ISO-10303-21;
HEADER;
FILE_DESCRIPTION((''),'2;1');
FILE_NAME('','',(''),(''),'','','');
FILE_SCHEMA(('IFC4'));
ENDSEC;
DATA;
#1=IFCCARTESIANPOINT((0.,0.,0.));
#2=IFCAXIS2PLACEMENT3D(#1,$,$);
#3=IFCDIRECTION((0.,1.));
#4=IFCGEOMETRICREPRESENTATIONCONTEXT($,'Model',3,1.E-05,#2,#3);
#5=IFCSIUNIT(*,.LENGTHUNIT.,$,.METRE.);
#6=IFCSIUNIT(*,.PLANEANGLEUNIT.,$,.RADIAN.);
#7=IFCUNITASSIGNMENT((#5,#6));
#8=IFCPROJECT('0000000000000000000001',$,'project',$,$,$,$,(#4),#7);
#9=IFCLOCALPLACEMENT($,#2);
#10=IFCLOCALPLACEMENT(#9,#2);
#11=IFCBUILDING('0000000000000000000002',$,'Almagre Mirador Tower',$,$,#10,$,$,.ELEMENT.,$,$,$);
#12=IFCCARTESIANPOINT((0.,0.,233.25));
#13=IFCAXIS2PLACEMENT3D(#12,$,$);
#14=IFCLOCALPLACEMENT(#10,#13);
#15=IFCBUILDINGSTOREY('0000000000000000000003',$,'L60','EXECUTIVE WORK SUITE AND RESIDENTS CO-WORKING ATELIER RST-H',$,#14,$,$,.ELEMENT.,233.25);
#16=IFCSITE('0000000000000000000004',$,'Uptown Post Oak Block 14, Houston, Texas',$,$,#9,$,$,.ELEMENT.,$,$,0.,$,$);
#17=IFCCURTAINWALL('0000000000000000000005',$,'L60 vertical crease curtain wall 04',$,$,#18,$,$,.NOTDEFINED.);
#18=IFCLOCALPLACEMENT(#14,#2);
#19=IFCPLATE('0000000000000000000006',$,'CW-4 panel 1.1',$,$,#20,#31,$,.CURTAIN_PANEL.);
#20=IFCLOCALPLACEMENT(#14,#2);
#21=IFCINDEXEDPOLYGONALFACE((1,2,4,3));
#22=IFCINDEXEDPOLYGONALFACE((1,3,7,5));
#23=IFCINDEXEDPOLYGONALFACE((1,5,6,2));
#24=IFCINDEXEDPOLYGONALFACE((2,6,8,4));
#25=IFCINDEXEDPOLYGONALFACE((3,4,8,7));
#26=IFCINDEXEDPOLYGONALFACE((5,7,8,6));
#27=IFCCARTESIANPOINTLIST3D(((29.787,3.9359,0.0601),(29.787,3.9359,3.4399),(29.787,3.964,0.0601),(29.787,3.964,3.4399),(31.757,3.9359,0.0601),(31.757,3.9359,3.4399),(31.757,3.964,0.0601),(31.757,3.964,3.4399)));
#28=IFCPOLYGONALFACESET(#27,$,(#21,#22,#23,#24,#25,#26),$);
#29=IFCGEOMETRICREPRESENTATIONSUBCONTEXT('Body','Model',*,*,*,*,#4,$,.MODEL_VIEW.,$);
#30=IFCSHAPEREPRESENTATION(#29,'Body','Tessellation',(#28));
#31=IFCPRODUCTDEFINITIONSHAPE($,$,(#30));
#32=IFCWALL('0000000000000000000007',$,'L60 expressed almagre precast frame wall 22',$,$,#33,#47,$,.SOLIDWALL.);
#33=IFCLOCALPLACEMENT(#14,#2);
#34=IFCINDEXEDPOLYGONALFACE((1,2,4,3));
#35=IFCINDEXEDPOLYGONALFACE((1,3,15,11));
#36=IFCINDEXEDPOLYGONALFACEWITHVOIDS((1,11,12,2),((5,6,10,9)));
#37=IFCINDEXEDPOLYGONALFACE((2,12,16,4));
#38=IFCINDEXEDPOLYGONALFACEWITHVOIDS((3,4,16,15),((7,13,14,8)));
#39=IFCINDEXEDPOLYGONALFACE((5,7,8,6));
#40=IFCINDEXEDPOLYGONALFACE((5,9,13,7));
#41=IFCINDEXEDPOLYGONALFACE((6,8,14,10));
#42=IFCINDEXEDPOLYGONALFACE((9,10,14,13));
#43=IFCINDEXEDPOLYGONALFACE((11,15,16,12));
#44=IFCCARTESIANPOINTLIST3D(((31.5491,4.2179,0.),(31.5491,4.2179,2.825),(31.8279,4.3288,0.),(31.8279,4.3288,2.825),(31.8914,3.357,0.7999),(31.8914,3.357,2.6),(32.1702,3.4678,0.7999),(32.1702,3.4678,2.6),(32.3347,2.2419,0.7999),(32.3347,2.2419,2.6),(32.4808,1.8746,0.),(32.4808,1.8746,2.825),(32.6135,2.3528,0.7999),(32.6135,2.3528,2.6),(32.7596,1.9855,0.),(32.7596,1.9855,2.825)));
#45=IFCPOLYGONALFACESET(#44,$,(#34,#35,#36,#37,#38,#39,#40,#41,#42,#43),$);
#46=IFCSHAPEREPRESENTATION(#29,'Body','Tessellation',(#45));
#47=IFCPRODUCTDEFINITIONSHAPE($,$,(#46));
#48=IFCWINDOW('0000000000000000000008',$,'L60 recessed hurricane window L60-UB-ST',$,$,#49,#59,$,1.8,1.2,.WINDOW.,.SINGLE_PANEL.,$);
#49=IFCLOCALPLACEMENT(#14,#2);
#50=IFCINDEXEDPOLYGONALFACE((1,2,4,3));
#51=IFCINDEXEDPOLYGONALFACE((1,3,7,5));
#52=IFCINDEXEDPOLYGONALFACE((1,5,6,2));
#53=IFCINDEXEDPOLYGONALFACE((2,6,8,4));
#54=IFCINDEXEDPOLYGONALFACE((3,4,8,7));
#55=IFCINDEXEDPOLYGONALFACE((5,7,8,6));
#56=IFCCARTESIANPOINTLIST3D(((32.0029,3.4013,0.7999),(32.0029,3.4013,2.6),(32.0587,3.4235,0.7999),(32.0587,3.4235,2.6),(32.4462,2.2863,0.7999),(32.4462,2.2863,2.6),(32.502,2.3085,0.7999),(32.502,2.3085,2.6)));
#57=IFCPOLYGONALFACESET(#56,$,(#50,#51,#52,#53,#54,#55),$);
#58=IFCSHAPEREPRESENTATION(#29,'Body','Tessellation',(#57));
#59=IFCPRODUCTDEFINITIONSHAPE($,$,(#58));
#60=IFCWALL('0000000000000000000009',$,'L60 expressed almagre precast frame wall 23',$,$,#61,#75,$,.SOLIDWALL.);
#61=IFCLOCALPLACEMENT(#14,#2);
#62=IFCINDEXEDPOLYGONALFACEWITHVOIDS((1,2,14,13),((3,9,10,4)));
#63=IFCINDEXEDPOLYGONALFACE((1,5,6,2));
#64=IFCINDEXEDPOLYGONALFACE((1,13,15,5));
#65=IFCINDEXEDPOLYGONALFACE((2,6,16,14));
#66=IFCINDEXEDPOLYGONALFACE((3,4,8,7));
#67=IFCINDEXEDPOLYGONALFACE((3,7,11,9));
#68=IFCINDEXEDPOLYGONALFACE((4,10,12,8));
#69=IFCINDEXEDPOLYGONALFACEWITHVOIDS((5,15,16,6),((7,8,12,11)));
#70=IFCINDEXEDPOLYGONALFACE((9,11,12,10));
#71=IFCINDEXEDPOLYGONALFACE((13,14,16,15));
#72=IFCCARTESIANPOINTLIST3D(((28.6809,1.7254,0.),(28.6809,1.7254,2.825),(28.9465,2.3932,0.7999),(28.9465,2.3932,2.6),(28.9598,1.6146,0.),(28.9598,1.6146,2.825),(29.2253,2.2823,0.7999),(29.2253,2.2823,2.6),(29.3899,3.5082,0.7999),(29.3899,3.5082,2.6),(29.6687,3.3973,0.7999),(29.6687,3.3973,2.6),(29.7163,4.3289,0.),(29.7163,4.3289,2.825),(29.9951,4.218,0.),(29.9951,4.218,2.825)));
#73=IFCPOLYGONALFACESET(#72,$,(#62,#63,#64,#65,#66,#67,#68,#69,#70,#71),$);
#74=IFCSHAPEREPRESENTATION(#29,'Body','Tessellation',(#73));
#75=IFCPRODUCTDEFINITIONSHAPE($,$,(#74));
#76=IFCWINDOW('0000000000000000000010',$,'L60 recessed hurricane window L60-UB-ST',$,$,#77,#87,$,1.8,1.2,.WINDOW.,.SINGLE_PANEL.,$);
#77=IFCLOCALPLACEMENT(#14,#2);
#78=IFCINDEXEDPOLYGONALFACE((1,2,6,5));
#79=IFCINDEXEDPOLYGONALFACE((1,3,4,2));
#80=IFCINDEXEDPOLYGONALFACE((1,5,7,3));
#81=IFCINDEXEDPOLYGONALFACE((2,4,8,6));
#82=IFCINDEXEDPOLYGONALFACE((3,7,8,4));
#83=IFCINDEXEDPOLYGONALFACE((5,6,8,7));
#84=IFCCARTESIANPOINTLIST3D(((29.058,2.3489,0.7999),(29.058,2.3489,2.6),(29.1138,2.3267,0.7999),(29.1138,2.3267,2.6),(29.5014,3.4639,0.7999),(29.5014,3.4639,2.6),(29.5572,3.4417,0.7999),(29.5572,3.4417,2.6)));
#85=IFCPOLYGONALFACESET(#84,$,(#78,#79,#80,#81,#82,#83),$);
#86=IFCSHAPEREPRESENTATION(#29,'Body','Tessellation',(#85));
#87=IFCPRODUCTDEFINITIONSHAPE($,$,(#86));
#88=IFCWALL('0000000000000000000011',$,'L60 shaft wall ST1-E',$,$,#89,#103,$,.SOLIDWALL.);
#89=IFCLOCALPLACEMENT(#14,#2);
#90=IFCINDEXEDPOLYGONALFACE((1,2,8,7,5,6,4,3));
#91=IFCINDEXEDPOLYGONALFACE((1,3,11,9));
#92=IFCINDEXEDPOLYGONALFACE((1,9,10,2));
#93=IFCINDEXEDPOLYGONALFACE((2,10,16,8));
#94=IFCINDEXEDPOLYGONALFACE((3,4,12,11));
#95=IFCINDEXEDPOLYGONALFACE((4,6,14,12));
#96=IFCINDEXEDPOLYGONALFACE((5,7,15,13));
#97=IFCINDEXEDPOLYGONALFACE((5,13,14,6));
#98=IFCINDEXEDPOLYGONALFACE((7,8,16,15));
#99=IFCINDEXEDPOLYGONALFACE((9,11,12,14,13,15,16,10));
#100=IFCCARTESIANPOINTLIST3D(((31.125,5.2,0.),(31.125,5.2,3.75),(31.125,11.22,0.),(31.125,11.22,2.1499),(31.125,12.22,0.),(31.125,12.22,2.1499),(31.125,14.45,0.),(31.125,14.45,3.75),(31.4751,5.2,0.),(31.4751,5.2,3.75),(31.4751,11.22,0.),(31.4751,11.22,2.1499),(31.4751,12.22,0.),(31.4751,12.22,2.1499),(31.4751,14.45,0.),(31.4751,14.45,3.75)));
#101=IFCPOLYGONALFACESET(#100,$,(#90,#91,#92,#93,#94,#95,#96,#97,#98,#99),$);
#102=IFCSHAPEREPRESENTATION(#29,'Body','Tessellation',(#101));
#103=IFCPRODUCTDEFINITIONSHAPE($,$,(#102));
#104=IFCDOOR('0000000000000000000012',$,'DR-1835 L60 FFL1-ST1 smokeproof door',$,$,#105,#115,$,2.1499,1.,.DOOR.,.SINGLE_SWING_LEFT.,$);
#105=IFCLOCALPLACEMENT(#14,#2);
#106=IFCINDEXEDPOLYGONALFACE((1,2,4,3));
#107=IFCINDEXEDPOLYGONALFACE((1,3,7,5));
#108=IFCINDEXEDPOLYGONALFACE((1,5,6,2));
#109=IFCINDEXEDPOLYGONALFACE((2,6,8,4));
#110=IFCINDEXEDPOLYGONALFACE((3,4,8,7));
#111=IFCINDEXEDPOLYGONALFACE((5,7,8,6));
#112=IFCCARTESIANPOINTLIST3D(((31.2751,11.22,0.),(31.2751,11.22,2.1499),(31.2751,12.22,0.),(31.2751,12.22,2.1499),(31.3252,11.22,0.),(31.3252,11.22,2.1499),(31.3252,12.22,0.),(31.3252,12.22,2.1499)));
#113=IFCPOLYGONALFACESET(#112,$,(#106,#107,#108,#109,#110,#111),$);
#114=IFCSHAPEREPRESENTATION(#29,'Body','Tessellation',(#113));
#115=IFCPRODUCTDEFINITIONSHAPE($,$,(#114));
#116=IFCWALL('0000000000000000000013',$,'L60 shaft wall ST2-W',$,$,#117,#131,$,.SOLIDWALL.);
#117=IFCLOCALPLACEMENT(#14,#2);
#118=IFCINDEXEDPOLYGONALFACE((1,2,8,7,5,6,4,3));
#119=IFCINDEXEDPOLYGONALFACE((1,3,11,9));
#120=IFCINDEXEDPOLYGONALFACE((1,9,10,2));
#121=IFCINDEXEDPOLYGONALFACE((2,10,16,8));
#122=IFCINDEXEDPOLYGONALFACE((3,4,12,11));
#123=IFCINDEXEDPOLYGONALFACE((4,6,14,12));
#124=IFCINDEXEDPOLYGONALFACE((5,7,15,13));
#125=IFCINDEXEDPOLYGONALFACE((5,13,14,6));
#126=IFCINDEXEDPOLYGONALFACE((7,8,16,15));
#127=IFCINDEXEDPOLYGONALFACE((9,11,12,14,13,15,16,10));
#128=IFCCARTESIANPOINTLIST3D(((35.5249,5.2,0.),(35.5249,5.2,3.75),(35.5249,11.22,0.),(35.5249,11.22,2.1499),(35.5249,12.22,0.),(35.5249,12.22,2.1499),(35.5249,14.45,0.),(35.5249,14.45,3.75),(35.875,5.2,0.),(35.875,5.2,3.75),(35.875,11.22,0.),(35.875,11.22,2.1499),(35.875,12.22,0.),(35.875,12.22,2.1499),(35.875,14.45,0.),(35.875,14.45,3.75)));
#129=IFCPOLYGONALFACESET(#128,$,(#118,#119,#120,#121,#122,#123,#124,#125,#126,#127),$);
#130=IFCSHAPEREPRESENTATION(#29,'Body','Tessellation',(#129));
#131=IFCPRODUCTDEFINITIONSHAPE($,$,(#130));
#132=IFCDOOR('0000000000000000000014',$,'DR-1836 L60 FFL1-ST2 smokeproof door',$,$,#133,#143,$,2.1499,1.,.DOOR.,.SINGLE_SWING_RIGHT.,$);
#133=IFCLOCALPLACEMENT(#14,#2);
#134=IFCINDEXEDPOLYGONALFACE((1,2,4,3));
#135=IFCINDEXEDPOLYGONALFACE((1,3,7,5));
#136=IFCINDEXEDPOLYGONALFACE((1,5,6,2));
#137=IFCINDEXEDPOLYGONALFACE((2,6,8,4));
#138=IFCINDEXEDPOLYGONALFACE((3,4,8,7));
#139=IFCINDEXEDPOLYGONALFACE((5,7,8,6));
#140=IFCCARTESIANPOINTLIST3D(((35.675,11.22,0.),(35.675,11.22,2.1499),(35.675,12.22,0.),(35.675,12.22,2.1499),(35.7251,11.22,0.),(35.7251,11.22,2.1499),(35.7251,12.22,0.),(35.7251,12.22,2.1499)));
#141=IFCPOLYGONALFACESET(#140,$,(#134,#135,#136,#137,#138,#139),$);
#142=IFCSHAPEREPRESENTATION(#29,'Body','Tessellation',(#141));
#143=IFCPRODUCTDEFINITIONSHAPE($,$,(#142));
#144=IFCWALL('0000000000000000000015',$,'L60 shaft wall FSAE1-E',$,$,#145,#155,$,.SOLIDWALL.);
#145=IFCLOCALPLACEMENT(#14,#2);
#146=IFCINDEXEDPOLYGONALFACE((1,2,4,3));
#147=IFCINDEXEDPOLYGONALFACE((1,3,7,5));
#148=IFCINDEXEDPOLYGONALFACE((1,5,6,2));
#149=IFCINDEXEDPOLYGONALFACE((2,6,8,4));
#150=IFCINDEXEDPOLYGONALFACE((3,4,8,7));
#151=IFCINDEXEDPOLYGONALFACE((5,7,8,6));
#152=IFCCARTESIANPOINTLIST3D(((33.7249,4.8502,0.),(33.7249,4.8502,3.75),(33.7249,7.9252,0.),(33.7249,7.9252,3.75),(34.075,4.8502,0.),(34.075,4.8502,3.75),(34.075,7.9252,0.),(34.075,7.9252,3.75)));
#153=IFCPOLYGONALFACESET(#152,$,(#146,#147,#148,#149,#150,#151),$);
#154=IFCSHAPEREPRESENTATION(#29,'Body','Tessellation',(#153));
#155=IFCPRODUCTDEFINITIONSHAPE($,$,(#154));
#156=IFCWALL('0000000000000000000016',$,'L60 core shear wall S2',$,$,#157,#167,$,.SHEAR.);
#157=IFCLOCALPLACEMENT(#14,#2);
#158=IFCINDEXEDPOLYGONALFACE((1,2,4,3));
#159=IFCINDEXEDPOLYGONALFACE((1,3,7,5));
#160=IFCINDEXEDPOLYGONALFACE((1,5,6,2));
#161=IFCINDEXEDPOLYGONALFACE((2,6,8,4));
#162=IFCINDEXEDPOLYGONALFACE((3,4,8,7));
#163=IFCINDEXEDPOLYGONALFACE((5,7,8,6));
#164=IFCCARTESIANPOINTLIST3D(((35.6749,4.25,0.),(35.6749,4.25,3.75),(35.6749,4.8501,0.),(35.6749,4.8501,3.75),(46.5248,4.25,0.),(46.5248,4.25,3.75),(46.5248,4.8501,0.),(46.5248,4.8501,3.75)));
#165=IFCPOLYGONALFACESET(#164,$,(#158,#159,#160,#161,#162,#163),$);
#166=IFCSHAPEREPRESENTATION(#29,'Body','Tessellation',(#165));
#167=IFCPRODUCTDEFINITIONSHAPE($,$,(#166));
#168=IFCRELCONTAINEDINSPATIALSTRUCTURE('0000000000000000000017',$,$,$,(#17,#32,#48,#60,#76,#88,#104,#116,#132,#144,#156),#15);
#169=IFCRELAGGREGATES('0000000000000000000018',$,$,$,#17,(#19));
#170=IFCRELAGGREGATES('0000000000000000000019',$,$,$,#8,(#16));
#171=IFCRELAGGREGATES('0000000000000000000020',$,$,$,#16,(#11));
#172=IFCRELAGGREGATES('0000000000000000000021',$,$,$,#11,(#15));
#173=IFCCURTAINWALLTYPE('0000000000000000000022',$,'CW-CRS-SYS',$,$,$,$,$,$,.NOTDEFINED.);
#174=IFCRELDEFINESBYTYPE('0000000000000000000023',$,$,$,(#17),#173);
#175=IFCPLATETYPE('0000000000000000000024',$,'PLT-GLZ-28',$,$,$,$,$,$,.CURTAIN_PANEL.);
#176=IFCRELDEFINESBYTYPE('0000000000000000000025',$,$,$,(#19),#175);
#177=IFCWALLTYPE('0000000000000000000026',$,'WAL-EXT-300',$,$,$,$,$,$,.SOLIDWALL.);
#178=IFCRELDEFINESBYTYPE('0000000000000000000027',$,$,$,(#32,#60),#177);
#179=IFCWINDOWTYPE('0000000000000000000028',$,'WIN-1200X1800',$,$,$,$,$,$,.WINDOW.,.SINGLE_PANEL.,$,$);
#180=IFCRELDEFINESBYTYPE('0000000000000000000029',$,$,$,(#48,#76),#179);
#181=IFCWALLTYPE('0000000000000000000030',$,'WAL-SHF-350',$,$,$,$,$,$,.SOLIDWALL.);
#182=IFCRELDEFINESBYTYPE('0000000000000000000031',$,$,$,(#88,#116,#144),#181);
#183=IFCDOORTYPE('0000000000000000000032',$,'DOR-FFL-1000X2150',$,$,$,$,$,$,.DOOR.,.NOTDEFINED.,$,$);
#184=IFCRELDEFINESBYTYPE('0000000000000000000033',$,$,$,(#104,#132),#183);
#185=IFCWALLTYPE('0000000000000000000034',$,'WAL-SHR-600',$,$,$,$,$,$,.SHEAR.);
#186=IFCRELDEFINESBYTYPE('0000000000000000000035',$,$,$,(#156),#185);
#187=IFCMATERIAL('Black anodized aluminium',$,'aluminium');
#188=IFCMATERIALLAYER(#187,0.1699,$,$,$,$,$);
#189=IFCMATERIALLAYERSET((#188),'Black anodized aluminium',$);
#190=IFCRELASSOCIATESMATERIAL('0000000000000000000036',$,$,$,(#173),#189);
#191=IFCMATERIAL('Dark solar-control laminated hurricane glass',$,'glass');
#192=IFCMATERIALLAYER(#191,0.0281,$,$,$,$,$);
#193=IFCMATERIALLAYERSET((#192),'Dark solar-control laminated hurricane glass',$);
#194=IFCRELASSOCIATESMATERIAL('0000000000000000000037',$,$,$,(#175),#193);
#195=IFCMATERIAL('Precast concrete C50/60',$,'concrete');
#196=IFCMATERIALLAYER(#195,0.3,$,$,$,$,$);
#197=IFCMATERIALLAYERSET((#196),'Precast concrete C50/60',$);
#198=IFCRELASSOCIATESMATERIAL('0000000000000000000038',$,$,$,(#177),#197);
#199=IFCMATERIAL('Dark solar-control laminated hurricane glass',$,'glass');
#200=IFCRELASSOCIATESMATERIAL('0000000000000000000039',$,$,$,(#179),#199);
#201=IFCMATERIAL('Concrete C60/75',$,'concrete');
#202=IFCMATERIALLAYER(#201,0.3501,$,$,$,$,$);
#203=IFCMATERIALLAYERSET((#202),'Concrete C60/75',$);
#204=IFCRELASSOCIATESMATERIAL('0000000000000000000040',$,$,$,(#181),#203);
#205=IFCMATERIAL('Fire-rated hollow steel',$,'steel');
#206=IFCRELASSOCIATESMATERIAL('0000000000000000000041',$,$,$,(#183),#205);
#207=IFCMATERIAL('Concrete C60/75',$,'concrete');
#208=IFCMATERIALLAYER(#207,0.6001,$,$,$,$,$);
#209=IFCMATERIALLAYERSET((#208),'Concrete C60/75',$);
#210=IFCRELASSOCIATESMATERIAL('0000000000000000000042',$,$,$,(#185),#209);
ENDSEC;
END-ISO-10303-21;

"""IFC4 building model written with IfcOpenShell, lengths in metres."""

from ifc_helpers import new_model, si_unit, direction, frame, frame_2d, origin, origin_2d, place, context, subcontext, project, spatial, rectangle, extrude, material, layer, layer_set, type_object, element, fill, aggregate, save


model = new_model("IFC4")

# Units and contexts
model_context = context("Model", 3, precision=1e-05, world=origin(), true_north=direction((0.0, 1.0)))
body_context = subcontext(model_context, "Body", "Model", "MODEL_VIEW")
ifc_project = project(units=[si_unit("LENGTHUNIT", "METRE"), si_unit("PLANEANGLEUNIT", "RADIAN")], contexts=[model_context])

# Site, building, storey
site_placement = place(None, origin())
site = spatial("IfcSite", under=ifc_project, at=site_placement, Name="Uptown Post Oak Block 14, Houston, Texas", CompositionType="ELEMENT", RefElevation=0.0)
building_placement = place(site_placement, origin())
building = spatial("IfcBuilding", under=site, at=building_placement, Name="Almagre Mirador Tower", CompositionType="ELEMENT")
storey_placement = place(building_placement, frame((0.0, 0.0, 233.25)))
storey = spatial("IfcBuildingStorey", under=building, at=storey_placement, Name="L60", Description="EXECUTIVE WORK SUITE AND RESIDENTS CO-WORKING ATELIER RST-H", CompositionType="ELEMENT", Elevation=233.25)

# Curtain wall, plate
ifc_material_1 = material(Name="Black anodized aluminium", Category="aluminium")
ifc_layer_1 = layer(ifc_material_1, 0.1699)
ifc_layer_set_1 = layer_set([ifc_layer_1], Name="Black anodized aluminium")
curtain_wall_type = type_object("IfcCurtainWallType", Name="CW-CRS-SYS", PredefinedType="NOTDEFINED", material=ifc_layer_set_1)
curtain_wall_placement = place(storey_placement, origin())
curtain_wall = element("IfcCurtainWall", 1, at=curtain_wall_placement, inside=storey, type_object=curtain_wall_type, Name="L60 vertical crease curtain wall 04", PredefinedType="NOTDEFINED")
ifc_material_2 = material(Name="Dark solar-control laminated hurricane glass", Category="glass")
ifc_layer_2 = layer(ifc_material_2, 0.0281)
ifc_layer_set_2 = layer_set([ifc_layer_2], Name="Dark solar-control laminated hurricane glass")
plate_type = type_object("IfcPlateType", Name="PLT-GLZ-28", PredefinedType="CURTAIN_PANEL", material=ifc_layer_set_2)
plate_placement = place(storey_placement, frame((30.772, 3.95, 0.0601), z_axis=(0.0, 0.0, 1.0), x_axis=(-1.0, 0.0, 0.0)))
plate = element("IfcPlate", 2, at=plate_placement, type_object=plate_type, Name="CW-4 panel 1.1", PredefinedType="CURTAIN_PANEL", context=body_context, shape_type="SweptSolid", body=[
    extrude(rectangle(XDim=1.97, YDim=0.0281, at=origin_2d()), origin(), (0.0, 0.0, 1.0), 3.3799),
])
aggregate(curtain_wall, [plate])

# Walls, openings, windows
ifc_material_3 = material(Name="Precast concrete C50/60", Category="concrete")
ifc_layer_3 = layer(ifc_material_3, 0.3)
ifc_layer_set_3 = layer_set([ifc_layer_3], Name="Precast concrete C50/60")
wall_type_1 = type_object("IfcWallType", Name="WAL-EXT-300", PredefinedType="SOLIDWALL", material=ifc_layer_set_3)
wall_1_placement = place(storey_placement, frame((32.6201, 1.9302, 0.0), z_axis=(0.0, 0.0, 1.0), x_axis=(-0.369454, 0.929249, 0.0)))
wall_1 = element("IfcWall", 3, at=wall_1_placement, inside=storey, type_object=wall_type_1, Name="L60 expressed almagre precast frame wall 22", PredefinedType="SOLIDWALL", context=body_context, shape_type="SweptSolid", body=[
    extrude(rectangle(XDim=2.5217, YDim=0.3, at=frame_2d((1.2607, 0.0))), origin(), (0.0, 0.0, 1.0), 2.825),
])
opening_1_placement = place(wall_1_placement, frame((0.395, 0.0, 0.8)))
opening_1 = element("IfcOpeningElement", 4, at=opening_1_placement, cuts=wall_1, PredefinedType="OPENING", context=body_context, shape_type="SweptSolid", body=[
    extrude(rectangle(XDim=1.2, YDim=1.8, at=frame_2d((0.6001, 0.8999))), frame((0.0, 0.1599, 0.0), z_axis=(0.0, -1.0, 0.0), x_axis=(1.0, 0.0, 0.0)), (0.0, 0.0, 1.0), 0.32),
])
ifc_material_4 = material(Name="Dark solar-control laminated hurricane glass", Category="glass")
window_type = type_object("IfcWindowType", Name="WIN-1200X1800", PartitioningType="SINGLE_PANEL", PredefinedType="WINDOW", material=ifc_material_4)
window_1_placement = place(opening_1_placement, origin())
window_1 = element("IfcWindow", 5, at=window_1_placement, inside=storey, type_object=window_type, Name="L60 recessed hurricane window L60-UB-ST", OverallHeight=1.8, OverallWidth=1.2, PartitioningType="SINGLE_PANEL", PredefinedType="WINDOW", context=body_context, shape_type="SweptSolid", body=[
    extrude(rectangle(XDim=1.2, YDim=1.8, at=frame_2d((0.6001, 0.8999))), frame((0.0, 0.03, 0.0), z_axis=(0.0, -1.0, 0.0), x_axis=(1.0, 0.0, 0.0)), (0.0, 0.0, 1.0), 0.0601),
])
fill(opening_1, window_1)
wall_2_placement = place(storey_placement, frame((29.8557, 4.2734, 0.0), z_axis=(0.0, 0.0, 1.0), x_axis=(-0.369542, -0.929214, 0.0)))
wall_2 = element("IfcWall", 6, at=wall_2_placement, inside=storey, type_object=wall_type_1, Name="L60 expressed almagre precast frame wall 23", PredefinedType="SOLIDWALL", context=body_context, shape_type="SweptSolid", body=[
    extrude(rectangle(XDim=2.8018, YDim=0.3, at=frame_2d((1.4009, 0.0))), origin(), (0.0, 0.0, 1.0), 2.825),
])
opening_2_placement = place(wall_2_placement, frame((0.8831, 0.0, 0.8)))
opening_2 = element("IfcOpeningElement", 7, at=opening_2_placement, cuts=wall_2, PredefinedType="OPENING", context=body_context, shape_type="SweptSolid", body=[
    extrude(rectangle(XDim=1.2, YDim=1.8, at=frame_2d((0.6001, 0.8999))), frame((0.0, 0.1599, 0.0), z_axis=(0.0, -1.0, 0.0), x_axis=(1.0, 0.0, 0.0)), (0.0, 0.0, 1.0), 0.32),
])
window_2_placement = place(opening_2_placement, origin())
window_2 = element("IfcWindow", 8, at=window_2_placement, inside=storey, type_object=window_type, Name="L60 recessed hurricane window L60-UB-ST", OverallHeight=1.8, OverallWidth=1.2, PartitioningType="SINGLE_PANEL", PredefinedType="WINDOW", context=body_context, shape_type="SweptSolid", body=[
    extrude(rectangle(XDim=1.2, YDim=1.8, at=frame_2d((0.6001, 0.8999))), frame((0.0, 0.03, 0.0), z_axis=(0.0, -1.0, 0.0), x_axis=(1.0, 0.0, 0.0)), (0.0, 0.0, 1.0), 0.0601),
])
fill(opening_2, window_2)

# Walls, openings, doors
ifc_material_5 = material(Name="Concrete C60/75", Category="concrete")
ifc_layer_4 = layer(ifc_material_5, 0.3501)
ifc_layer_set_4 = layer_set([ifc_layer_4], Name="Concrete C60/75")
wall_type_2 = type_object("IfcWallType", Name="WAL-SHF-350", PredefinedType="SOLIDWALL", material=ifc_layer_set_4)
wall_3_placement = place(storey_placement, frame((31.3, 5.2, 0.0), z_axis=(0.0, 0.0, 1.0), x_axis=(0.0, 1.0, 0.0)))
wall_3 = element("IfcWall", 9, at=wall_3_placement, inside=storey, type_object=wall_type_2, Name="L60 shaft wall ST1-E", PredefinedType="SOLIDWALL", context=body_context, shape_type="SweptSolid", body=[
    extrude(rectangle(XDim=9.25, YDim=0.3501, at=frame_2d((4.625, 0.0))), origin(), (0.0, 0.0, 1.0), 3.75),
])
opening_3_placement = place(wall_3_placement, frame((6.02, 0.0, 0.0)))
opening_3 = element("IfcOpeningElement", 10, at=opening_3_placement, cuts=wall_3, PredefinedType="OPENING", context=body_context, shape_type="SweptSolid", body=[
    extrude(rectangle(XDim=1.0, YDim=2.1499, at=frame_2d((0.5, 1.075))), frame((0.0, 0.185, 0.0), z_axis=(0.0, -1.0, 0.0), x_axis=(1.0, 0.0, 0.0)), (0.0, 0.0, 1.0), 0.3701),
])
ifc_material_6 = material(Name="Fire-rated hollow steel", Category="steel")
door_type = type_object("IfcDoorType", Name="DOR-FFL-1000X2150", OperationType="NOTDEFINED", PredefinedType="DOOR", material=ifc_material_6)
door_1_placement = place(opening_3_placement, origin())
door_1 = element("IfcDoor", 11, at=door_1_placement, inside=storey, type_object=door_type, Name="DR-1835 L60 FFL1-ST1 smokeproof door", OperationType="SINGLE_SWING_LEFT", OverallHeight=2.1499, OverallWidth=1.0, PredefinedType="DOOR", context=body_context, shape_type="SweptSolid", body=[
    extrude(rectangle(XDim=1.0, YDim=2.1499, at=frame_2d((0.5, 1.075))), frame((0.0, 0.0249, 0.0), z_axis=(0.0, -1.0, 0.0), x_axis=(1.0, 0.0, 0.0)), (0.0, 0.0, 1.0), 0.05),
])
fill(opening_3, door_1)
wall_4_placement = place(storey_placement, frame((35.7, 5.2, 0.0), z_axis=(0.0, 0.0, 1.0), x_axis=(0.0, 1.0, 0.0)))
wall_4 = element("IfcWall", 12, at=wall_4_placement, inside=storey, type_object=wall_type_2, Name="L60 shaft wall ST2-W", PredefinedType="SOLIDWALL", context=body_context, shape_type="SweptSolid", body=[
    extrude(rectangle(XDim=9.25, YDim=0.3501, at=frame_2d((4.625, 0.0))), origin(), (0.0, 0.0, 1.0), 3.75),
])
opening_4_placement = place(wall_4_placement, frame((6.02, 0.0, 0.0)))
opening_4 = element("IfcOpeningElement", 13, at=opening_4_placement, cuts=wall_4, PredefinedType="OPENING", context=body_context, shape_type="SweptSolid", body=[
    extrude(rectangle(XDim=1.0, YDim=2.1499, at=frame_2d((0.5, 1.075))), frame((0.0, 0.185, 0.0), z_axis=(0.0, -1.0, 0.0), x_axis=(1.0, 0.0, 0.0)), (0.0, 0.0, 1.0), 0.3701),
])
door_2_placement = place(opening_4_placement, origin())
door_2 = element("IfcDoor", 14, at=door_2_placement, inside=storey, type_object=door_type, Name="DR-1836 L60 FFL1-ST2 smokeproof door", OperationType="SINGLE_SWING_RIGHT", OverallHeight=2.1499, OverallWidth=1.0, PredefinedType="DOOR", context=body_context, shape_type="SweptSolid", body=[
    extrude(rectangle(XDim=1.0, YDim=2.1499, at=frame_2d((0.5, 1.075))), frame((0.0, 0.0249, 0.0), z_axis=(0.0, -1.0, 0.0), x_axis=(1.0, 0.0, 0.0)), (0.0, 0.0, 1.0), 0.05),
])
fill(opening_4, door_2)

# Walls
wall_5_placement = place(storey_placement, frame((33.8999, 4.8501, 0.0), z_axis=(0.0, 0.0, 1.0), x_axis=(0.0, 1.0, 0.0)))
element("IfcWall", 15, at=wall_5_placement, inside=storey, type_object=wall_type_2, Name="L60 shaft wall FSAE1-E", PredefinedType="SOLIDWALL", context=body_context, shape_type="SweptSolid", body=[
    extrude(rectangle(XDim=3.075, YDim=0.3501, at=frame_2d((1.5376, 0.0))), origin(), (0.0, 0.0, 1.0), 3.75),
])
ifc_material_7 = material(Name="Concrete C60/75", Category="concrete")
ifc_layer_5 = layer(ifc_material_7, 0.6001)
ifc_layer_set_5 = layer_set([ifc_layer_5], Name="Concrete C60/75")
wall_type_3 = type_object("IfcWallType", Name="WAL-SHR-600", PredefinedType="SHEAR", material=ifc_layer_set_5)
wall_6_placement = place(storey_placement, frame((35.675, 4.55, 0.0), z_axis=(0.0, 0.0, 1.0), x_axis=(1.0, 0.0, 0.0)))
element("IfcWall", 16, at=wall_6_placement, inside=storey, type_object=wall_type_3, Name="L60 core shear wall S2", PredefinedType="SHEAR", context=body_context, shape_type="SweptSolid", body=[
    extrude(rectangle(XDim=10.8499, YDim=0.6001, at=frame_2d((5.4248, 0.0))), origin(), (0.0, 0.0, 1.0), 3.75),
])

save(model, "model.ifc")
